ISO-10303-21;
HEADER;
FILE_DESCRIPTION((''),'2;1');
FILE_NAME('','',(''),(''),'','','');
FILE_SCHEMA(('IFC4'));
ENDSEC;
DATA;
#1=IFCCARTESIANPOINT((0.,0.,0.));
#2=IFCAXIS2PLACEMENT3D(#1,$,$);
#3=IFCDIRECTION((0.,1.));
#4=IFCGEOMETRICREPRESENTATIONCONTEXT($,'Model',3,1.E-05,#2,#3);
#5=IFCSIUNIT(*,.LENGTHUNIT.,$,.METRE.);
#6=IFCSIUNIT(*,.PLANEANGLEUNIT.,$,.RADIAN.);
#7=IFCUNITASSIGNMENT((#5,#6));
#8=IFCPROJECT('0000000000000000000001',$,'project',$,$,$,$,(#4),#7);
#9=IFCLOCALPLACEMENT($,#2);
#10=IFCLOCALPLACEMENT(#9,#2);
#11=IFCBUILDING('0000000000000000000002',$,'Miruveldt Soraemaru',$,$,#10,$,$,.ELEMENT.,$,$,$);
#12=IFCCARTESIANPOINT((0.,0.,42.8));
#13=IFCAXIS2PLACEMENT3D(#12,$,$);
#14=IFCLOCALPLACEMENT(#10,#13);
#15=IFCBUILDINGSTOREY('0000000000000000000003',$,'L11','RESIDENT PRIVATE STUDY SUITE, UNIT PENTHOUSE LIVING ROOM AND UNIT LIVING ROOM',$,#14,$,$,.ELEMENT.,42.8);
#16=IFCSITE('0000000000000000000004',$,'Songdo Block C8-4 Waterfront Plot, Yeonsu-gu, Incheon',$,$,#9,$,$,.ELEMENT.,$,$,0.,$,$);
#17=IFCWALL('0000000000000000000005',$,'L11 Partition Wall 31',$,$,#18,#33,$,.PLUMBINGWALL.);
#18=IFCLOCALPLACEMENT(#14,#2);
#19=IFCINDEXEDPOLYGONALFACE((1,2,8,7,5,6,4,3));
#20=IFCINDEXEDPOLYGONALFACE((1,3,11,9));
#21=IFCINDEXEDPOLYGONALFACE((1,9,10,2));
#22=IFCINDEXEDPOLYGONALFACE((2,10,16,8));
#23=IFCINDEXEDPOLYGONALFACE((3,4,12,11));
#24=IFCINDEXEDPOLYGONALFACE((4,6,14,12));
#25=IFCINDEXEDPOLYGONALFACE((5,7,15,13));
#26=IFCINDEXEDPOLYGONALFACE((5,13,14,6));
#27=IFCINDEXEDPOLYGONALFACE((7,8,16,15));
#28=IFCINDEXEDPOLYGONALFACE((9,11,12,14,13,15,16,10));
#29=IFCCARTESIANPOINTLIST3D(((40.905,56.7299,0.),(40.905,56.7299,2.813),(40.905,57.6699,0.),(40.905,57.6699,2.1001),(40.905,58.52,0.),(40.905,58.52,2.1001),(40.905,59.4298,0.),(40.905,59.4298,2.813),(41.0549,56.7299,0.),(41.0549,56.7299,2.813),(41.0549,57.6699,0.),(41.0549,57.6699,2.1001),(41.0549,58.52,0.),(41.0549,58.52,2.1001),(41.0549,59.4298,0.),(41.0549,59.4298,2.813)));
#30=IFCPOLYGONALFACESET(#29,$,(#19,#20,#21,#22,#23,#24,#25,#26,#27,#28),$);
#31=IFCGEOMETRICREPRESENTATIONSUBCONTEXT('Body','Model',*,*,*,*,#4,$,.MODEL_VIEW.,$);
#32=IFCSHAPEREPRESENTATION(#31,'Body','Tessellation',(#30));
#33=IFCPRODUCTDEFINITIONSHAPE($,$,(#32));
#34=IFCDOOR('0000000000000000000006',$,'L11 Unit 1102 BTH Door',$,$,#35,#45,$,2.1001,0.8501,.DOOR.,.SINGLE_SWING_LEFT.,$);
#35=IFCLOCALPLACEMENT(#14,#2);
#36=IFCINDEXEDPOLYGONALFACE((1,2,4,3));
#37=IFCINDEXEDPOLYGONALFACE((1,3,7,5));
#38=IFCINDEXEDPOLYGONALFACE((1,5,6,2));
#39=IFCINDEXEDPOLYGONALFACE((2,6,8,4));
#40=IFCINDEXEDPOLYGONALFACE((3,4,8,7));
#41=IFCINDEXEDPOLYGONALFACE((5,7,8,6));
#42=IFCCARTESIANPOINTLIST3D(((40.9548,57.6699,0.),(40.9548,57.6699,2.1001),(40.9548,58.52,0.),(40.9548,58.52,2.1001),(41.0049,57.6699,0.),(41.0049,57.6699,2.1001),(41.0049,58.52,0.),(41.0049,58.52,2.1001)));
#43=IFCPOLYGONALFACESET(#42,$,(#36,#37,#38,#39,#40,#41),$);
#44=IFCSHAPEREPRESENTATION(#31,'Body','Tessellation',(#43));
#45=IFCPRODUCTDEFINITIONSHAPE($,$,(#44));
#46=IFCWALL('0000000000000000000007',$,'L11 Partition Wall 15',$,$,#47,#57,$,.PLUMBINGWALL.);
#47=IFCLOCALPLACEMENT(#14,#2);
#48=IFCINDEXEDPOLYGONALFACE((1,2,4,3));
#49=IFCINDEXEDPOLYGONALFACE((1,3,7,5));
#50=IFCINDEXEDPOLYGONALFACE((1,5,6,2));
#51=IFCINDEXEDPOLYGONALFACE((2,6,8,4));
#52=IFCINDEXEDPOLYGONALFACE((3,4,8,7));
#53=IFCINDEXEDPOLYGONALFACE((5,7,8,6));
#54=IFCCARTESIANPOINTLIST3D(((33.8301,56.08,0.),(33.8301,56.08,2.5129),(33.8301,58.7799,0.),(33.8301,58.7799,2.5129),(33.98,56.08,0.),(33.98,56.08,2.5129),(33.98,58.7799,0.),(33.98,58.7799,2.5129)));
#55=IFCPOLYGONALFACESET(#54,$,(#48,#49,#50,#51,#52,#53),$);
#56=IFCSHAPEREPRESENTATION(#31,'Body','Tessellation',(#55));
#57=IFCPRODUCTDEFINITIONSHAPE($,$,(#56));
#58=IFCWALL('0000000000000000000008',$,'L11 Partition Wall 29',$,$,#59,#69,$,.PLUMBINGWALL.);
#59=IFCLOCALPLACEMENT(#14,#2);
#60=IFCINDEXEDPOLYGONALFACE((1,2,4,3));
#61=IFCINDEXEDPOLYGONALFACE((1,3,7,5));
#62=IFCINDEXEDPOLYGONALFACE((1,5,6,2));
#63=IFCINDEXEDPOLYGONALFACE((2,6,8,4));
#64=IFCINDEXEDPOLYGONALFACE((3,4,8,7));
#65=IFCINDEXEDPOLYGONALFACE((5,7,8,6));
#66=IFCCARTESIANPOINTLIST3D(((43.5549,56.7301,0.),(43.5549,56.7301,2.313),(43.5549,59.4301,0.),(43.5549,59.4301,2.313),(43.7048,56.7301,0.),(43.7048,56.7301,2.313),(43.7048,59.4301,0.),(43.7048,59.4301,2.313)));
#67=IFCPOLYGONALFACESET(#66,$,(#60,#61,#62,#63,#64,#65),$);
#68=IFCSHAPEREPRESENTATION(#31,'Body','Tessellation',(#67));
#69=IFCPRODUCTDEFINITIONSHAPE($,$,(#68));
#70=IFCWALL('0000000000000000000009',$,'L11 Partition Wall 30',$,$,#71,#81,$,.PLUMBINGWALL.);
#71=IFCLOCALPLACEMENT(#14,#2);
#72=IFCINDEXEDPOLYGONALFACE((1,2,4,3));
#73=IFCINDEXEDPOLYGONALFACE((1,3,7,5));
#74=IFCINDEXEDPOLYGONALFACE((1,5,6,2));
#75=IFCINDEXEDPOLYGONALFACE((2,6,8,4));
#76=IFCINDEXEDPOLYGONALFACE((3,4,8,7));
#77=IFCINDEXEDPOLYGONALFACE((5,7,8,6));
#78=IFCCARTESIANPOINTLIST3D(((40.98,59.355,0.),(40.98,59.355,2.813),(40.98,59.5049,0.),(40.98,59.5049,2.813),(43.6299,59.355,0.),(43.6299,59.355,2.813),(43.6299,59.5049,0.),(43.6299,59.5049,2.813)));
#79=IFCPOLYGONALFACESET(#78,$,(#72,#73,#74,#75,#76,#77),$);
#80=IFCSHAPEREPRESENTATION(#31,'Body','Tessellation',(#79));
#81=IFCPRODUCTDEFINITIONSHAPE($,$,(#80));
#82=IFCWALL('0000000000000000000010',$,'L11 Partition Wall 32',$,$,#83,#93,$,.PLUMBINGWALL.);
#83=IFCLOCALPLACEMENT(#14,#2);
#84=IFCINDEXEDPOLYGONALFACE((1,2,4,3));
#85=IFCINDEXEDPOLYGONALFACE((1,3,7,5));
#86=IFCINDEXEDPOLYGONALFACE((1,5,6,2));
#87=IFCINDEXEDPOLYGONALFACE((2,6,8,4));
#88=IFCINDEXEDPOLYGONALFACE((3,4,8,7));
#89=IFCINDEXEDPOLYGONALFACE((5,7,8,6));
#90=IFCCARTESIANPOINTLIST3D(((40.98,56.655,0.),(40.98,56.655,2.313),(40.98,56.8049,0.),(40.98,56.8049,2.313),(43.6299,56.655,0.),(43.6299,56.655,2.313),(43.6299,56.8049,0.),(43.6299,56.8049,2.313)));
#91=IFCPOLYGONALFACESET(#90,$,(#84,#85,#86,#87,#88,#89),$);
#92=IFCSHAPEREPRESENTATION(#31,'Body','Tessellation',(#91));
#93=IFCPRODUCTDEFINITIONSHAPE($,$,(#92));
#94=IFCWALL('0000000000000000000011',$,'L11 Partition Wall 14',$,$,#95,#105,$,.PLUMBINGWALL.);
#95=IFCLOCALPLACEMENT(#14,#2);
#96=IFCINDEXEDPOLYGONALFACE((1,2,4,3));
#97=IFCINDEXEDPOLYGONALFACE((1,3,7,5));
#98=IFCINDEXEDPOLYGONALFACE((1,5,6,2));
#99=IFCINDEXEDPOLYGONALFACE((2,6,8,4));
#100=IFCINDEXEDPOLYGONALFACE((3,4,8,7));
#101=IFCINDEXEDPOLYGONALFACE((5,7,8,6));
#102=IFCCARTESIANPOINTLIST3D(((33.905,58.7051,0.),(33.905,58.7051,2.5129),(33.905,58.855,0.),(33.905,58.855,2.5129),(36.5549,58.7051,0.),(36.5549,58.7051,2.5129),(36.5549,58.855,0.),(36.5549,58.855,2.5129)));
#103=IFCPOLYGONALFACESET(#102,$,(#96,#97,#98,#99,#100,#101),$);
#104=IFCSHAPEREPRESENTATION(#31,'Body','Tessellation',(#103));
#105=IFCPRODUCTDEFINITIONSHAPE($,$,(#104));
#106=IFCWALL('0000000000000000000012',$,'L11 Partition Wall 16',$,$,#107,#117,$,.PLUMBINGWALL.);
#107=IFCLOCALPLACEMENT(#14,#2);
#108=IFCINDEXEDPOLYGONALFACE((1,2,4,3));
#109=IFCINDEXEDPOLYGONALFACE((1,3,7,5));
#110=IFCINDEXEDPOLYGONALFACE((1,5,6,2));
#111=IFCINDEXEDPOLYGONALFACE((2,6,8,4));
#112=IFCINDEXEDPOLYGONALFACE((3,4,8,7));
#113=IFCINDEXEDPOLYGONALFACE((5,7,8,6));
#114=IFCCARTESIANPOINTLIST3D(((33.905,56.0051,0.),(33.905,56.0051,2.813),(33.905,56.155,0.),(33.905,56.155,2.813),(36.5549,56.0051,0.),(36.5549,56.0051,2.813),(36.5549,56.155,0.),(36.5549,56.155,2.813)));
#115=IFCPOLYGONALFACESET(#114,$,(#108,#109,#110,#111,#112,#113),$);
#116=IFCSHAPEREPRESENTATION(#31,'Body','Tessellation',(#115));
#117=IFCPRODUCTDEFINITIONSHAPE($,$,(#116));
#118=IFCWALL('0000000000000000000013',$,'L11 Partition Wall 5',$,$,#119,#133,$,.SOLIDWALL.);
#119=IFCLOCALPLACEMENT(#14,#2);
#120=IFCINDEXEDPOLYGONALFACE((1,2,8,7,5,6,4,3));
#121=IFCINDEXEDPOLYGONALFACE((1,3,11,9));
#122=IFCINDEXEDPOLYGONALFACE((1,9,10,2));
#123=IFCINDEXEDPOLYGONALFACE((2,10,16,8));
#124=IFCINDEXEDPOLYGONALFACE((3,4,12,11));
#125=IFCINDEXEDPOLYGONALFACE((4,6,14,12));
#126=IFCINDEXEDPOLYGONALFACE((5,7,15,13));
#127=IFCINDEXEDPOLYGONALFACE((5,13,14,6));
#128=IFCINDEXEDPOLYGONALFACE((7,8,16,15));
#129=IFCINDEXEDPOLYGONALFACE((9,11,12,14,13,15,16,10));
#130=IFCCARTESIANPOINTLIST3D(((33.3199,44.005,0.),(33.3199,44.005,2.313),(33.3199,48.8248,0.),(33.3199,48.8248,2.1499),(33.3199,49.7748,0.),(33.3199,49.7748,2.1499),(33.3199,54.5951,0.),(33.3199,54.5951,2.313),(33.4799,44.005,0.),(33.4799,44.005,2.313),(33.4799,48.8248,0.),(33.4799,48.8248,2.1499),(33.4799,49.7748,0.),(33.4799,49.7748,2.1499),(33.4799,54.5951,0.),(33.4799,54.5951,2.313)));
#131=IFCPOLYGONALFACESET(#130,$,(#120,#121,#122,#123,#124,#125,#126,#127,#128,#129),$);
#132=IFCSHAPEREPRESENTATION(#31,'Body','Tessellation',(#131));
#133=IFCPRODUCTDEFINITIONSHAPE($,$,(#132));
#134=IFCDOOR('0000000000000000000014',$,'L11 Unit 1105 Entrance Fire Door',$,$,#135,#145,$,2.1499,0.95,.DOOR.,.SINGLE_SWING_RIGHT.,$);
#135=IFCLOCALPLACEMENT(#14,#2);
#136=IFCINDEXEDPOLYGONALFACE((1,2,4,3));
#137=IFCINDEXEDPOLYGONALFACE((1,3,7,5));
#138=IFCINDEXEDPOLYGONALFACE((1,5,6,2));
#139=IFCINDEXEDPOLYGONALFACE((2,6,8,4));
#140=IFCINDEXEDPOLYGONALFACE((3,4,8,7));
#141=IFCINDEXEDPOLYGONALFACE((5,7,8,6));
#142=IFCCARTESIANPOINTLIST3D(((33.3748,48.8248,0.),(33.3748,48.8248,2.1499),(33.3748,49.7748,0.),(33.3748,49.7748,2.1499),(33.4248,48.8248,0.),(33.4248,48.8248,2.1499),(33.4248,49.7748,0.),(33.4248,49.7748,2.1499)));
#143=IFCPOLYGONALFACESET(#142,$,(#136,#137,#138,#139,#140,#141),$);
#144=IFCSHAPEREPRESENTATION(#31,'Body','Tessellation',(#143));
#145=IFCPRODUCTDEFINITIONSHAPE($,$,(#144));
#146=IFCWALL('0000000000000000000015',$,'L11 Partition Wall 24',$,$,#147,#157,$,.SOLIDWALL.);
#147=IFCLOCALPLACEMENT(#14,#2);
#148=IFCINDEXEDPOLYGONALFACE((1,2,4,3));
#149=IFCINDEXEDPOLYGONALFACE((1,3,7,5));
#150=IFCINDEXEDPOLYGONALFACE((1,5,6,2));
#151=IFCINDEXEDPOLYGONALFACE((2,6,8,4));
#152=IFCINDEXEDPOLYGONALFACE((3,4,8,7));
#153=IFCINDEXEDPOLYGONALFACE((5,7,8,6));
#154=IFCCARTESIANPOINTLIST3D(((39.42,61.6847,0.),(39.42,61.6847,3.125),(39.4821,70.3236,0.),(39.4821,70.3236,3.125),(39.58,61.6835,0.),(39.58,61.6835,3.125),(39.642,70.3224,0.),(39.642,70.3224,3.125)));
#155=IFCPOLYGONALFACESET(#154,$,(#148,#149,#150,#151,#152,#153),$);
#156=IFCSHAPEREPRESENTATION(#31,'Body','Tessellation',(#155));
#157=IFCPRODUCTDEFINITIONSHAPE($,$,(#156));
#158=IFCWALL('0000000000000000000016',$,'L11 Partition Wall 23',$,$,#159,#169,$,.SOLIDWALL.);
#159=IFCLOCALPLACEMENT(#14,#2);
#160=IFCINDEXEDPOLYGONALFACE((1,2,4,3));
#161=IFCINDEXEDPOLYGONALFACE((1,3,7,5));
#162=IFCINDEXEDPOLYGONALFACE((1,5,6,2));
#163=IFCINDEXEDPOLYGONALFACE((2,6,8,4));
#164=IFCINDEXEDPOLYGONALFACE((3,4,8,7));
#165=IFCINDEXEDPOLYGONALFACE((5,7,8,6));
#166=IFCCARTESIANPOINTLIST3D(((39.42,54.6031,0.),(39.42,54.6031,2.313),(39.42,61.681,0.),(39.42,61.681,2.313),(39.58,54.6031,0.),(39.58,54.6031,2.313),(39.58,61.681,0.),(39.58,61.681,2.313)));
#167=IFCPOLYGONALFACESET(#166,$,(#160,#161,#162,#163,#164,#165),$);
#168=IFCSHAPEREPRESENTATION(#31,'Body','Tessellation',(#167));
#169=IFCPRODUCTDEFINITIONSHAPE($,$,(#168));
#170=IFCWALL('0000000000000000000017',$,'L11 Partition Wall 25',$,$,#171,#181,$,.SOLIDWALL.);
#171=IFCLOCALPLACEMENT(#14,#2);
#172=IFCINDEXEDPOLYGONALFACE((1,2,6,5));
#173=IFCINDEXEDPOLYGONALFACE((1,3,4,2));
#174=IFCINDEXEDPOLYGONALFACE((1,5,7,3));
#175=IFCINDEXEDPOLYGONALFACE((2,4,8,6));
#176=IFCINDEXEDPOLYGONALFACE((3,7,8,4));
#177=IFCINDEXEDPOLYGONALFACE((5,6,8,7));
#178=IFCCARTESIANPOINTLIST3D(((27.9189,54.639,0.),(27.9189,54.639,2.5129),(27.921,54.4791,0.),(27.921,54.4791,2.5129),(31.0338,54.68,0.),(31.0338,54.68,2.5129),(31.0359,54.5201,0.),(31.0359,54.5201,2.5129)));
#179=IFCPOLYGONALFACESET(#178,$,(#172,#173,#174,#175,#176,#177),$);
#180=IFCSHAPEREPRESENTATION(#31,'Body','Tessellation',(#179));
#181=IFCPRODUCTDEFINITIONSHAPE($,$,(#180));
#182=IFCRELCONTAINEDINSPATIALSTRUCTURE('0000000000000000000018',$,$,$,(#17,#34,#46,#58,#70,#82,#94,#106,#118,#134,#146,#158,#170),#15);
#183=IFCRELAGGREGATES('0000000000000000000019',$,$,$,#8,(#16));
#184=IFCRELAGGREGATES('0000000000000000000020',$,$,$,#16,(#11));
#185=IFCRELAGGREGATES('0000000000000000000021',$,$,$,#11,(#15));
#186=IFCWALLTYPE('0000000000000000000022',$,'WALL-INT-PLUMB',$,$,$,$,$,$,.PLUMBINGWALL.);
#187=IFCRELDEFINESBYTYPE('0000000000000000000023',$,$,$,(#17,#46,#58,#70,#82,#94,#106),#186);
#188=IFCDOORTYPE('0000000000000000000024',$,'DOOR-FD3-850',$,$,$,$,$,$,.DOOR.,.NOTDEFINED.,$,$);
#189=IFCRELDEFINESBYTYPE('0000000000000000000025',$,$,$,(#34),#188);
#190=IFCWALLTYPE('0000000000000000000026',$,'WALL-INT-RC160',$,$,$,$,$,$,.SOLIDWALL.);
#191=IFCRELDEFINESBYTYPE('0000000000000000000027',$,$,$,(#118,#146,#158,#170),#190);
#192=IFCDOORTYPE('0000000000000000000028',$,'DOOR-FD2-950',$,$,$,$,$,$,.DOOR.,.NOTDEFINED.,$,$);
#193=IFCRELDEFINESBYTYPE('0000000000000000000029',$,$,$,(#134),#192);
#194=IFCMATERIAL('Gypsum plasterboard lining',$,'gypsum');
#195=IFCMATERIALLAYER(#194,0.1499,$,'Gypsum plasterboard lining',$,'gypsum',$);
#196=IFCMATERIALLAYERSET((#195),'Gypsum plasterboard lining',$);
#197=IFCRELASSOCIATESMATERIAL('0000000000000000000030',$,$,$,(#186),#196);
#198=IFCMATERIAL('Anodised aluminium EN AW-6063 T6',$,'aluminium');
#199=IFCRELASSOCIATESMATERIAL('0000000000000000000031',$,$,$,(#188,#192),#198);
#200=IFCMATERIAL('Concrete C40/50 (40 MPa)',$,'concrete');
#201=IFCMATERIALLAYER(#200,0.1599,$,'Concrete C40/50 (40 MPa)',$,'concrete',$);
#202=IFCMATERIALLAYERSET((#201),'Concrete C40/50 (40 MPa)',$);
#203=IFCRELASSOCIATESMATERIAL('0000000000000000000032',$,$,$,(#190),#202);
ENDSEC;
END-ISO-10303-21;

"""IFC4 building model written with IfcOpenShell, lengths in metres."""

from ifc_helpers import new_model, si_unit, direction, frame, frame_2d, origin, place, context, subcontext, project, spatial, rectangle, extrude, material, layer, layer_set, type_object, element, fill, save


model = new_model("IFC4")

# Units and contexts
model_context = context("Model", 3, precision=1e-05, world=origin(), true_north=direction((0.0, 1.0)))
body_context = subcontext(model_context, "Body", "Model", "MODEL_VIEW")
ifc_project = project(units=[si_unit("LENGTHUNIT", "METRE"), si_unit("PLANEANGLEUNIT", "RADIAN")], contexts=[model_context])

# Site, building, storey
site_placement = place(None, origin())
site = spatial("IfcSite", under=ifc_project, at=site_placement, Name="Songdo Block C8-4 Waterfront Plot, Yeonsu-gu, Incheon", CompositionType="ELEMENT", RefElevation=0.0)
building_placement = place(site_placement, origin())
building = spatial("IfcBuilding", under=site, at=building_placement, Name="Miruveldt Soraemaru", CompositionType="ELEMENT")
storey_placement = place(building_placement, frame((0.0, 0.0, 42.8)))
storey = spatial("IfcBuildingStorey", under=building, at=storey_placement, Name="L11", Description="RESIDENT PRIVATE STUDY SUITE, UNIT PENTHOUSE LIVING ROOM AND UNIT LIVING ROOM", CompositionType="ELEMENT", Elevation=42.8)

# Shared definitions
ifc_material_1 = material(Name="Anodised aluminium EN AW-6063 T6", Category="aluminium")

# Shared definitions
ifc_material_2 = material(Name="Gypsum plasterboard lining", Category="gypsum")

# Wall, opening, door
ifc_layer_1 = layer(ifc_material_2, 0.1499, Name="Gypsum plasterboard lining", Category="gypsum")
ifc_layer_set_1 = layer_set([ifc_layer_1], Name="Gypsum plasterboard lining")
wall_type_1 = type_object("IfcWallType", Name="WALL-INT-PLUMB", PredefinedType="PLUMBINGWALL", material=ifc_layer_set_1)
door_type_1 = type_object("IfcDoorType", Name="DOOR-FD3-850", OperationType="NOTDEFINED", PredefinedType="DOOR", material=ifc_material_1)
wall_1_placement = place(storey_placement, frame((40.98, 59.4299, 0.0), z_axis=(0.0, 0.0, 1.0), x_axis=(0.0, -1.0, 0.0)))
wall_1 = element("IfcWall", 1, at=wall_1_placement, inside=storey, type_object=wall_type_1, Name="L11 Partition Wall 31", PredefinedType="PLUMBINGWALL", context=body_context, shape_type="SweptSolid", body=[
    extrude(rectangle(XDim=2.7, YDim=0.1499, at=frame_2d((1.3501, 0.0))), origin(), (0.0, 0.0, 1.0), 2.813),
])
opening_1_placement = place(wall_1_placement, frame((0.9099, 0.0, 0.0)))
opening_1 = element("IfcOpeningElement", 2, at=opening_1_placement, cuts=wall_1, PredefinedType="OPENING", context=body_context, shape_type="SweptSolid", body=[
    extrude(rectangle(XDim=0.8501, YDim=2.1001, at=frame_2d((0.425, 1.05))), frame((0.0, 0.085, 0.0), z_axis=(0.0, -1.0, 0.0), x_axis=(1.0, 0.0, 0.0)), (0.0, 0.0, 1.0), 0.1699),
])
door_1_placement = place(opening_1_placement, origin())
door_1 = element("IfcDoor", 3, at=door_1_placement, inside=storey, type_object=door_type_1, Name="L11 Unit 1102 BTH Door", OperationType="SINGLE_SWING_LEFT", OverallHeight=2.1001, OverallWidth=0.8501, PredefinedType="DOOR", context=body_context, shape_type="SweptSolid", body=[
    extrude(rectangle(XDim=0.8501, YDim=2.1001, at=frame_2d((0.425, 1.05))), frame((0.0, 0.0249, 0.0), z_axis=(0.0, -1.0, 0.0), x_axis=(1.0, 0.0, 0.0)), (0.0, 0.0, 1.0), 0.05),
])
fill(opening_1, door_1)

# Walls
wall_2_placement = place(storey_placement, frame((33.905, 58.78, 0.0), z_axis=(0.0, 0.0, 1.0), x_axis=(0.0, -1.0, 0.0)))
element("IfcWall", 4, at=wall_2_placement, inside=storey, type_object=wall_type_1, Name="L11 Partition Wall 15", PredefinedType="PLUMBINGWALL", context=body_context, shape_type="SweptSolid", body=[
    extrude(rectangle(XDim=2.7, YDim=0.1499, at=frame_2d((1.3501, 0.0))), origin(), (0.0, 0.0, 1.0), 2.5129),
])
wall_3_placement = place(storey_placement, frame((43.6299, 56.73, 0.0), z_axis=(0.0, 0.0, 1.0), x_axis=(0.0, 1.0, 0.0)))
element("IfcWall", 5, at=wall_3_placement, inside=storey, type_object=wall_type_1, Name="L11 Partition Wall 29", PredefinedType="PLUMBINGWALL", context=body_context, shape_type="SweptSolid", body=[
    extrude(rectangle(XDim=2.7, YDim=0.1499, at=frame_2d((1.3501, 0.0))), origin(), (0.0, 0.0, 1.0), 2.313),
])
wall_4_placement = place(storey_placement, frame((43.6299, 59.4299, 0.0), z_axis=(0.0, 0.0, 1.0), x_axis=(-1.0, 0.0, 0.0)))
element("IfcWall", 6, at=wall_4_placement, inside=storey, type_object=wall_type_1, Name="L11 Partition Wall 30", PredefinedType="PLUMBINGWALL", context=body_context, shape_type="SweptSolid", body=[
    extrude(rectangle(XDim=2.6499, YDim=0.1499, at=frame_2d((1.325, 0.0))), origin(), (0.0, 0.0, 1.0), 2.813),
])
wall_5_placement = place(storey_placement, frame((40.98, 56.73, 0.0), z_axis=(0.0, 0.0, 1.0), x_axis=(1.0, 0.0, 0.0)))
element("IfcWall", 7, at=wall_5_placement, inside=storey, type_object=wall_type_1, Name="L11 Partition Wall 32", PredefinedType="PLUMBINGWALL", context=body_context, shape_type="SweptSolid", body=[
    extrude(rectangle(XDim=2.6499, YDim=0.1499, at=frame_2d((1.325, 0.0))), origin(), (0.0, 0.0, 1.0), 2.313),
])
wall_6_placement = place(storey_placement, frame((36.5549, 58.78, 0.0), z_axis=(0.0, 0.0, 1.0), x_axis=(-1.0, 0.0, 0.0)))
element("IfcWall", 8, at=wall_6_placement, inside=storey, type_object=wall_type_1, Name="L11 Partition Wall 14", PredefinedType="PLUMBINGWALL", context=body_context, shape_type="SweptSolid", body=[
    extrude(rectangle(XDim=2.6499, YDim=0.1499, at=frame_2d((1.325, 0.0))), origin(), (0.0, 0.0, 1.0), 2.5129),
])
wall_7_placement = place(storey_placement, frame((33.905, 56.0801, 0.0), z_axis=(0.0, 0.0, 1.0), x_axis=(1.0, 0.0, 0.0)))
element("IfcWall", 9, at=wall_7_placement, inside=storey, type_object=wall_type_1, Name="L11 Partition Wall 16", PredefinedType="PLUMBINGWALL", context=body_context, shape_type="SweptSolid", body=[
    extrude(rectangle(XDim=2.6499, YDim=0.1499, at=frame_2d((1.325, 0.0))), origin(), (0.0, 0.0, 1.0), 2.813),
])

# Wall, opening, door
ifc_material_3 = material(Name="Concrete C40/50 (40 MPa)", Category="concrete")
ifc_layer_2 = layer(ifc_material_3, 0.1599, Name="Concrete C40/50 (40 MPa)", Category="concrete")
ifc_layer_set_2 = layer_set([ifc_layer_2], Name="Concrete C40/50 (40 MPa)")
wall_type_2 = type_object("IfcWallType", Name="WALL-INT-RC160", PredefinedType="SOLIDWALL", material=ifc_layer_set_2)
wall_8_placement = place(storey_placement, frame((33.3999, 54.595, 0.0), z_axis=(0.0, 0.0, 1.0), x_axis=(0.0, -1.0, 0.0)))
wall_8 = element("IfcWall", 10, at=wall_8_placement, inside=storey, type_object=wall_type_2, Name="L11 Partition Wall 5", PredefinedType="SOLIDWALL", context=body_context, shape_type="SweptSolid", body=[
    extrude(rectangle(XDim=10.5901, YDim=0.1599, at=frame_2d((5.2949, 0.0))), origin(), (0.0, 0.0, 1.0), 2.313),
])
opening_2_placement = place(wall_8_placement, frame((4.8201, 0.0, 0.0)))
opening_2 = element("IfcOpeningElement", 11, at=opening_2_placement, cuts=wall_8, PredefinedType="OPENING", context=body_context, shape_type="SweptSolid", body=[
    extrude(rectangle(XDim=0.95, YDim=2.1499, at=frame_2d((0.4751, 1.075))), frame((0.0, 0.0898, 0.0), z_axis=(0.0, -1.0, 0.0), x_axis=(1.0, 0.0, 0.0)), (0.0, 0.0, 1.0), 0.1799),
])
door_type_2 = type_object("IfcDoorType", Name="DOOR-FD2-950", OperationType="NOTDEFINED", PredefinedType="DOOR", material=ifc_material_1)
door_2_placement = place(opening_2_placement, origin())
door_2 = element("IfcDoor", 12, at=door_2_placement, inside=storey, type_object=door_type_2, Name="L11 Unit 1105 Entrance Fire Door", OperationType="SINGLE_SWING_RIGHT", OverallHeight=2.1499, OverallWidth=0.95, PredefinedType="DOOR", context=body_context, shape_type="SweptSolid", body=[
    extrude(rectangle(XDim=0.95, YDim=2.1499, at=frame_2d((0.4751, 1.075))), frame((0.0, 0.0249, 0.0), z_axis=(0.0, -1.0, 0.0), x_axis=(1.0, 0.0, 0.0)), (0.0, 0.0, 1.0), 0.05),
])
fill(opening_2, door_2)

# Walls
wall_9_placement = place(storey_placement, frame((39.5, 61.6841, 0.0), z_axis=(0.0, 0.0, 1.0), x_axis=(0.007178, 0.999974, 0.0)))
element("IfcWall", 13, at=wall_9_placement, inside=storey, type_object=wall_type_2, Name="L11 Partition Wall 24", PredefinedType="SOLIDWALL", context=body_context, shape_type="SweptSolid", body=[
    extrude(rectangle(XDim=8.6392, YDim=0.1599, at=frame_2d((4.3196, 0.0))), origin(), (0.0, 0.0, 1.0), 3.125),
])
wall_10_placement = place(storey_placement, frame((39.5, 54.603, 0.0), z_axis=(0.0, 0.0, 1.0), x_axis=(0.0, 1.0, 0.0)))
element("IfcWall", 14, at=wall_10_placement, inside=storey, type_object=wall_type_2, Name="L11 Partition Wall 23", PredefinedType="SOLIDWALL", context=body_context, shape_type="SweptSolid", body=[
    extrude(rectangle(XDim=7.0779, YDim=0.1599, at=frame_2d((3.5391, 0.0))), origin(), (0.0, 0.0, 1.0), 2.313),
])
wall_11_placement = place(storey_placement, frame((27.9199, 54.5591, 0.0), z_axis=(0.0, 0.0, 1.0), x_axis=(0.999913, 0.013166, 0.0)))
element("IfcWall", 15, at=wall_11_placement, inside=storey, type_object=wall_type_2, Name="L11 Partition Wall 25", PredefinedType="SOLIDWALL", context=body_context, shape_type="SweptSolid", body=[
    extrude(rectangle(XDim=3.1152, YDim=0.1599, at=frame_2d((1.5576, 0.0))), origin(), (0.0, 0.0, 1.0), 2.5129),
])

save(model, "model.ifc")
